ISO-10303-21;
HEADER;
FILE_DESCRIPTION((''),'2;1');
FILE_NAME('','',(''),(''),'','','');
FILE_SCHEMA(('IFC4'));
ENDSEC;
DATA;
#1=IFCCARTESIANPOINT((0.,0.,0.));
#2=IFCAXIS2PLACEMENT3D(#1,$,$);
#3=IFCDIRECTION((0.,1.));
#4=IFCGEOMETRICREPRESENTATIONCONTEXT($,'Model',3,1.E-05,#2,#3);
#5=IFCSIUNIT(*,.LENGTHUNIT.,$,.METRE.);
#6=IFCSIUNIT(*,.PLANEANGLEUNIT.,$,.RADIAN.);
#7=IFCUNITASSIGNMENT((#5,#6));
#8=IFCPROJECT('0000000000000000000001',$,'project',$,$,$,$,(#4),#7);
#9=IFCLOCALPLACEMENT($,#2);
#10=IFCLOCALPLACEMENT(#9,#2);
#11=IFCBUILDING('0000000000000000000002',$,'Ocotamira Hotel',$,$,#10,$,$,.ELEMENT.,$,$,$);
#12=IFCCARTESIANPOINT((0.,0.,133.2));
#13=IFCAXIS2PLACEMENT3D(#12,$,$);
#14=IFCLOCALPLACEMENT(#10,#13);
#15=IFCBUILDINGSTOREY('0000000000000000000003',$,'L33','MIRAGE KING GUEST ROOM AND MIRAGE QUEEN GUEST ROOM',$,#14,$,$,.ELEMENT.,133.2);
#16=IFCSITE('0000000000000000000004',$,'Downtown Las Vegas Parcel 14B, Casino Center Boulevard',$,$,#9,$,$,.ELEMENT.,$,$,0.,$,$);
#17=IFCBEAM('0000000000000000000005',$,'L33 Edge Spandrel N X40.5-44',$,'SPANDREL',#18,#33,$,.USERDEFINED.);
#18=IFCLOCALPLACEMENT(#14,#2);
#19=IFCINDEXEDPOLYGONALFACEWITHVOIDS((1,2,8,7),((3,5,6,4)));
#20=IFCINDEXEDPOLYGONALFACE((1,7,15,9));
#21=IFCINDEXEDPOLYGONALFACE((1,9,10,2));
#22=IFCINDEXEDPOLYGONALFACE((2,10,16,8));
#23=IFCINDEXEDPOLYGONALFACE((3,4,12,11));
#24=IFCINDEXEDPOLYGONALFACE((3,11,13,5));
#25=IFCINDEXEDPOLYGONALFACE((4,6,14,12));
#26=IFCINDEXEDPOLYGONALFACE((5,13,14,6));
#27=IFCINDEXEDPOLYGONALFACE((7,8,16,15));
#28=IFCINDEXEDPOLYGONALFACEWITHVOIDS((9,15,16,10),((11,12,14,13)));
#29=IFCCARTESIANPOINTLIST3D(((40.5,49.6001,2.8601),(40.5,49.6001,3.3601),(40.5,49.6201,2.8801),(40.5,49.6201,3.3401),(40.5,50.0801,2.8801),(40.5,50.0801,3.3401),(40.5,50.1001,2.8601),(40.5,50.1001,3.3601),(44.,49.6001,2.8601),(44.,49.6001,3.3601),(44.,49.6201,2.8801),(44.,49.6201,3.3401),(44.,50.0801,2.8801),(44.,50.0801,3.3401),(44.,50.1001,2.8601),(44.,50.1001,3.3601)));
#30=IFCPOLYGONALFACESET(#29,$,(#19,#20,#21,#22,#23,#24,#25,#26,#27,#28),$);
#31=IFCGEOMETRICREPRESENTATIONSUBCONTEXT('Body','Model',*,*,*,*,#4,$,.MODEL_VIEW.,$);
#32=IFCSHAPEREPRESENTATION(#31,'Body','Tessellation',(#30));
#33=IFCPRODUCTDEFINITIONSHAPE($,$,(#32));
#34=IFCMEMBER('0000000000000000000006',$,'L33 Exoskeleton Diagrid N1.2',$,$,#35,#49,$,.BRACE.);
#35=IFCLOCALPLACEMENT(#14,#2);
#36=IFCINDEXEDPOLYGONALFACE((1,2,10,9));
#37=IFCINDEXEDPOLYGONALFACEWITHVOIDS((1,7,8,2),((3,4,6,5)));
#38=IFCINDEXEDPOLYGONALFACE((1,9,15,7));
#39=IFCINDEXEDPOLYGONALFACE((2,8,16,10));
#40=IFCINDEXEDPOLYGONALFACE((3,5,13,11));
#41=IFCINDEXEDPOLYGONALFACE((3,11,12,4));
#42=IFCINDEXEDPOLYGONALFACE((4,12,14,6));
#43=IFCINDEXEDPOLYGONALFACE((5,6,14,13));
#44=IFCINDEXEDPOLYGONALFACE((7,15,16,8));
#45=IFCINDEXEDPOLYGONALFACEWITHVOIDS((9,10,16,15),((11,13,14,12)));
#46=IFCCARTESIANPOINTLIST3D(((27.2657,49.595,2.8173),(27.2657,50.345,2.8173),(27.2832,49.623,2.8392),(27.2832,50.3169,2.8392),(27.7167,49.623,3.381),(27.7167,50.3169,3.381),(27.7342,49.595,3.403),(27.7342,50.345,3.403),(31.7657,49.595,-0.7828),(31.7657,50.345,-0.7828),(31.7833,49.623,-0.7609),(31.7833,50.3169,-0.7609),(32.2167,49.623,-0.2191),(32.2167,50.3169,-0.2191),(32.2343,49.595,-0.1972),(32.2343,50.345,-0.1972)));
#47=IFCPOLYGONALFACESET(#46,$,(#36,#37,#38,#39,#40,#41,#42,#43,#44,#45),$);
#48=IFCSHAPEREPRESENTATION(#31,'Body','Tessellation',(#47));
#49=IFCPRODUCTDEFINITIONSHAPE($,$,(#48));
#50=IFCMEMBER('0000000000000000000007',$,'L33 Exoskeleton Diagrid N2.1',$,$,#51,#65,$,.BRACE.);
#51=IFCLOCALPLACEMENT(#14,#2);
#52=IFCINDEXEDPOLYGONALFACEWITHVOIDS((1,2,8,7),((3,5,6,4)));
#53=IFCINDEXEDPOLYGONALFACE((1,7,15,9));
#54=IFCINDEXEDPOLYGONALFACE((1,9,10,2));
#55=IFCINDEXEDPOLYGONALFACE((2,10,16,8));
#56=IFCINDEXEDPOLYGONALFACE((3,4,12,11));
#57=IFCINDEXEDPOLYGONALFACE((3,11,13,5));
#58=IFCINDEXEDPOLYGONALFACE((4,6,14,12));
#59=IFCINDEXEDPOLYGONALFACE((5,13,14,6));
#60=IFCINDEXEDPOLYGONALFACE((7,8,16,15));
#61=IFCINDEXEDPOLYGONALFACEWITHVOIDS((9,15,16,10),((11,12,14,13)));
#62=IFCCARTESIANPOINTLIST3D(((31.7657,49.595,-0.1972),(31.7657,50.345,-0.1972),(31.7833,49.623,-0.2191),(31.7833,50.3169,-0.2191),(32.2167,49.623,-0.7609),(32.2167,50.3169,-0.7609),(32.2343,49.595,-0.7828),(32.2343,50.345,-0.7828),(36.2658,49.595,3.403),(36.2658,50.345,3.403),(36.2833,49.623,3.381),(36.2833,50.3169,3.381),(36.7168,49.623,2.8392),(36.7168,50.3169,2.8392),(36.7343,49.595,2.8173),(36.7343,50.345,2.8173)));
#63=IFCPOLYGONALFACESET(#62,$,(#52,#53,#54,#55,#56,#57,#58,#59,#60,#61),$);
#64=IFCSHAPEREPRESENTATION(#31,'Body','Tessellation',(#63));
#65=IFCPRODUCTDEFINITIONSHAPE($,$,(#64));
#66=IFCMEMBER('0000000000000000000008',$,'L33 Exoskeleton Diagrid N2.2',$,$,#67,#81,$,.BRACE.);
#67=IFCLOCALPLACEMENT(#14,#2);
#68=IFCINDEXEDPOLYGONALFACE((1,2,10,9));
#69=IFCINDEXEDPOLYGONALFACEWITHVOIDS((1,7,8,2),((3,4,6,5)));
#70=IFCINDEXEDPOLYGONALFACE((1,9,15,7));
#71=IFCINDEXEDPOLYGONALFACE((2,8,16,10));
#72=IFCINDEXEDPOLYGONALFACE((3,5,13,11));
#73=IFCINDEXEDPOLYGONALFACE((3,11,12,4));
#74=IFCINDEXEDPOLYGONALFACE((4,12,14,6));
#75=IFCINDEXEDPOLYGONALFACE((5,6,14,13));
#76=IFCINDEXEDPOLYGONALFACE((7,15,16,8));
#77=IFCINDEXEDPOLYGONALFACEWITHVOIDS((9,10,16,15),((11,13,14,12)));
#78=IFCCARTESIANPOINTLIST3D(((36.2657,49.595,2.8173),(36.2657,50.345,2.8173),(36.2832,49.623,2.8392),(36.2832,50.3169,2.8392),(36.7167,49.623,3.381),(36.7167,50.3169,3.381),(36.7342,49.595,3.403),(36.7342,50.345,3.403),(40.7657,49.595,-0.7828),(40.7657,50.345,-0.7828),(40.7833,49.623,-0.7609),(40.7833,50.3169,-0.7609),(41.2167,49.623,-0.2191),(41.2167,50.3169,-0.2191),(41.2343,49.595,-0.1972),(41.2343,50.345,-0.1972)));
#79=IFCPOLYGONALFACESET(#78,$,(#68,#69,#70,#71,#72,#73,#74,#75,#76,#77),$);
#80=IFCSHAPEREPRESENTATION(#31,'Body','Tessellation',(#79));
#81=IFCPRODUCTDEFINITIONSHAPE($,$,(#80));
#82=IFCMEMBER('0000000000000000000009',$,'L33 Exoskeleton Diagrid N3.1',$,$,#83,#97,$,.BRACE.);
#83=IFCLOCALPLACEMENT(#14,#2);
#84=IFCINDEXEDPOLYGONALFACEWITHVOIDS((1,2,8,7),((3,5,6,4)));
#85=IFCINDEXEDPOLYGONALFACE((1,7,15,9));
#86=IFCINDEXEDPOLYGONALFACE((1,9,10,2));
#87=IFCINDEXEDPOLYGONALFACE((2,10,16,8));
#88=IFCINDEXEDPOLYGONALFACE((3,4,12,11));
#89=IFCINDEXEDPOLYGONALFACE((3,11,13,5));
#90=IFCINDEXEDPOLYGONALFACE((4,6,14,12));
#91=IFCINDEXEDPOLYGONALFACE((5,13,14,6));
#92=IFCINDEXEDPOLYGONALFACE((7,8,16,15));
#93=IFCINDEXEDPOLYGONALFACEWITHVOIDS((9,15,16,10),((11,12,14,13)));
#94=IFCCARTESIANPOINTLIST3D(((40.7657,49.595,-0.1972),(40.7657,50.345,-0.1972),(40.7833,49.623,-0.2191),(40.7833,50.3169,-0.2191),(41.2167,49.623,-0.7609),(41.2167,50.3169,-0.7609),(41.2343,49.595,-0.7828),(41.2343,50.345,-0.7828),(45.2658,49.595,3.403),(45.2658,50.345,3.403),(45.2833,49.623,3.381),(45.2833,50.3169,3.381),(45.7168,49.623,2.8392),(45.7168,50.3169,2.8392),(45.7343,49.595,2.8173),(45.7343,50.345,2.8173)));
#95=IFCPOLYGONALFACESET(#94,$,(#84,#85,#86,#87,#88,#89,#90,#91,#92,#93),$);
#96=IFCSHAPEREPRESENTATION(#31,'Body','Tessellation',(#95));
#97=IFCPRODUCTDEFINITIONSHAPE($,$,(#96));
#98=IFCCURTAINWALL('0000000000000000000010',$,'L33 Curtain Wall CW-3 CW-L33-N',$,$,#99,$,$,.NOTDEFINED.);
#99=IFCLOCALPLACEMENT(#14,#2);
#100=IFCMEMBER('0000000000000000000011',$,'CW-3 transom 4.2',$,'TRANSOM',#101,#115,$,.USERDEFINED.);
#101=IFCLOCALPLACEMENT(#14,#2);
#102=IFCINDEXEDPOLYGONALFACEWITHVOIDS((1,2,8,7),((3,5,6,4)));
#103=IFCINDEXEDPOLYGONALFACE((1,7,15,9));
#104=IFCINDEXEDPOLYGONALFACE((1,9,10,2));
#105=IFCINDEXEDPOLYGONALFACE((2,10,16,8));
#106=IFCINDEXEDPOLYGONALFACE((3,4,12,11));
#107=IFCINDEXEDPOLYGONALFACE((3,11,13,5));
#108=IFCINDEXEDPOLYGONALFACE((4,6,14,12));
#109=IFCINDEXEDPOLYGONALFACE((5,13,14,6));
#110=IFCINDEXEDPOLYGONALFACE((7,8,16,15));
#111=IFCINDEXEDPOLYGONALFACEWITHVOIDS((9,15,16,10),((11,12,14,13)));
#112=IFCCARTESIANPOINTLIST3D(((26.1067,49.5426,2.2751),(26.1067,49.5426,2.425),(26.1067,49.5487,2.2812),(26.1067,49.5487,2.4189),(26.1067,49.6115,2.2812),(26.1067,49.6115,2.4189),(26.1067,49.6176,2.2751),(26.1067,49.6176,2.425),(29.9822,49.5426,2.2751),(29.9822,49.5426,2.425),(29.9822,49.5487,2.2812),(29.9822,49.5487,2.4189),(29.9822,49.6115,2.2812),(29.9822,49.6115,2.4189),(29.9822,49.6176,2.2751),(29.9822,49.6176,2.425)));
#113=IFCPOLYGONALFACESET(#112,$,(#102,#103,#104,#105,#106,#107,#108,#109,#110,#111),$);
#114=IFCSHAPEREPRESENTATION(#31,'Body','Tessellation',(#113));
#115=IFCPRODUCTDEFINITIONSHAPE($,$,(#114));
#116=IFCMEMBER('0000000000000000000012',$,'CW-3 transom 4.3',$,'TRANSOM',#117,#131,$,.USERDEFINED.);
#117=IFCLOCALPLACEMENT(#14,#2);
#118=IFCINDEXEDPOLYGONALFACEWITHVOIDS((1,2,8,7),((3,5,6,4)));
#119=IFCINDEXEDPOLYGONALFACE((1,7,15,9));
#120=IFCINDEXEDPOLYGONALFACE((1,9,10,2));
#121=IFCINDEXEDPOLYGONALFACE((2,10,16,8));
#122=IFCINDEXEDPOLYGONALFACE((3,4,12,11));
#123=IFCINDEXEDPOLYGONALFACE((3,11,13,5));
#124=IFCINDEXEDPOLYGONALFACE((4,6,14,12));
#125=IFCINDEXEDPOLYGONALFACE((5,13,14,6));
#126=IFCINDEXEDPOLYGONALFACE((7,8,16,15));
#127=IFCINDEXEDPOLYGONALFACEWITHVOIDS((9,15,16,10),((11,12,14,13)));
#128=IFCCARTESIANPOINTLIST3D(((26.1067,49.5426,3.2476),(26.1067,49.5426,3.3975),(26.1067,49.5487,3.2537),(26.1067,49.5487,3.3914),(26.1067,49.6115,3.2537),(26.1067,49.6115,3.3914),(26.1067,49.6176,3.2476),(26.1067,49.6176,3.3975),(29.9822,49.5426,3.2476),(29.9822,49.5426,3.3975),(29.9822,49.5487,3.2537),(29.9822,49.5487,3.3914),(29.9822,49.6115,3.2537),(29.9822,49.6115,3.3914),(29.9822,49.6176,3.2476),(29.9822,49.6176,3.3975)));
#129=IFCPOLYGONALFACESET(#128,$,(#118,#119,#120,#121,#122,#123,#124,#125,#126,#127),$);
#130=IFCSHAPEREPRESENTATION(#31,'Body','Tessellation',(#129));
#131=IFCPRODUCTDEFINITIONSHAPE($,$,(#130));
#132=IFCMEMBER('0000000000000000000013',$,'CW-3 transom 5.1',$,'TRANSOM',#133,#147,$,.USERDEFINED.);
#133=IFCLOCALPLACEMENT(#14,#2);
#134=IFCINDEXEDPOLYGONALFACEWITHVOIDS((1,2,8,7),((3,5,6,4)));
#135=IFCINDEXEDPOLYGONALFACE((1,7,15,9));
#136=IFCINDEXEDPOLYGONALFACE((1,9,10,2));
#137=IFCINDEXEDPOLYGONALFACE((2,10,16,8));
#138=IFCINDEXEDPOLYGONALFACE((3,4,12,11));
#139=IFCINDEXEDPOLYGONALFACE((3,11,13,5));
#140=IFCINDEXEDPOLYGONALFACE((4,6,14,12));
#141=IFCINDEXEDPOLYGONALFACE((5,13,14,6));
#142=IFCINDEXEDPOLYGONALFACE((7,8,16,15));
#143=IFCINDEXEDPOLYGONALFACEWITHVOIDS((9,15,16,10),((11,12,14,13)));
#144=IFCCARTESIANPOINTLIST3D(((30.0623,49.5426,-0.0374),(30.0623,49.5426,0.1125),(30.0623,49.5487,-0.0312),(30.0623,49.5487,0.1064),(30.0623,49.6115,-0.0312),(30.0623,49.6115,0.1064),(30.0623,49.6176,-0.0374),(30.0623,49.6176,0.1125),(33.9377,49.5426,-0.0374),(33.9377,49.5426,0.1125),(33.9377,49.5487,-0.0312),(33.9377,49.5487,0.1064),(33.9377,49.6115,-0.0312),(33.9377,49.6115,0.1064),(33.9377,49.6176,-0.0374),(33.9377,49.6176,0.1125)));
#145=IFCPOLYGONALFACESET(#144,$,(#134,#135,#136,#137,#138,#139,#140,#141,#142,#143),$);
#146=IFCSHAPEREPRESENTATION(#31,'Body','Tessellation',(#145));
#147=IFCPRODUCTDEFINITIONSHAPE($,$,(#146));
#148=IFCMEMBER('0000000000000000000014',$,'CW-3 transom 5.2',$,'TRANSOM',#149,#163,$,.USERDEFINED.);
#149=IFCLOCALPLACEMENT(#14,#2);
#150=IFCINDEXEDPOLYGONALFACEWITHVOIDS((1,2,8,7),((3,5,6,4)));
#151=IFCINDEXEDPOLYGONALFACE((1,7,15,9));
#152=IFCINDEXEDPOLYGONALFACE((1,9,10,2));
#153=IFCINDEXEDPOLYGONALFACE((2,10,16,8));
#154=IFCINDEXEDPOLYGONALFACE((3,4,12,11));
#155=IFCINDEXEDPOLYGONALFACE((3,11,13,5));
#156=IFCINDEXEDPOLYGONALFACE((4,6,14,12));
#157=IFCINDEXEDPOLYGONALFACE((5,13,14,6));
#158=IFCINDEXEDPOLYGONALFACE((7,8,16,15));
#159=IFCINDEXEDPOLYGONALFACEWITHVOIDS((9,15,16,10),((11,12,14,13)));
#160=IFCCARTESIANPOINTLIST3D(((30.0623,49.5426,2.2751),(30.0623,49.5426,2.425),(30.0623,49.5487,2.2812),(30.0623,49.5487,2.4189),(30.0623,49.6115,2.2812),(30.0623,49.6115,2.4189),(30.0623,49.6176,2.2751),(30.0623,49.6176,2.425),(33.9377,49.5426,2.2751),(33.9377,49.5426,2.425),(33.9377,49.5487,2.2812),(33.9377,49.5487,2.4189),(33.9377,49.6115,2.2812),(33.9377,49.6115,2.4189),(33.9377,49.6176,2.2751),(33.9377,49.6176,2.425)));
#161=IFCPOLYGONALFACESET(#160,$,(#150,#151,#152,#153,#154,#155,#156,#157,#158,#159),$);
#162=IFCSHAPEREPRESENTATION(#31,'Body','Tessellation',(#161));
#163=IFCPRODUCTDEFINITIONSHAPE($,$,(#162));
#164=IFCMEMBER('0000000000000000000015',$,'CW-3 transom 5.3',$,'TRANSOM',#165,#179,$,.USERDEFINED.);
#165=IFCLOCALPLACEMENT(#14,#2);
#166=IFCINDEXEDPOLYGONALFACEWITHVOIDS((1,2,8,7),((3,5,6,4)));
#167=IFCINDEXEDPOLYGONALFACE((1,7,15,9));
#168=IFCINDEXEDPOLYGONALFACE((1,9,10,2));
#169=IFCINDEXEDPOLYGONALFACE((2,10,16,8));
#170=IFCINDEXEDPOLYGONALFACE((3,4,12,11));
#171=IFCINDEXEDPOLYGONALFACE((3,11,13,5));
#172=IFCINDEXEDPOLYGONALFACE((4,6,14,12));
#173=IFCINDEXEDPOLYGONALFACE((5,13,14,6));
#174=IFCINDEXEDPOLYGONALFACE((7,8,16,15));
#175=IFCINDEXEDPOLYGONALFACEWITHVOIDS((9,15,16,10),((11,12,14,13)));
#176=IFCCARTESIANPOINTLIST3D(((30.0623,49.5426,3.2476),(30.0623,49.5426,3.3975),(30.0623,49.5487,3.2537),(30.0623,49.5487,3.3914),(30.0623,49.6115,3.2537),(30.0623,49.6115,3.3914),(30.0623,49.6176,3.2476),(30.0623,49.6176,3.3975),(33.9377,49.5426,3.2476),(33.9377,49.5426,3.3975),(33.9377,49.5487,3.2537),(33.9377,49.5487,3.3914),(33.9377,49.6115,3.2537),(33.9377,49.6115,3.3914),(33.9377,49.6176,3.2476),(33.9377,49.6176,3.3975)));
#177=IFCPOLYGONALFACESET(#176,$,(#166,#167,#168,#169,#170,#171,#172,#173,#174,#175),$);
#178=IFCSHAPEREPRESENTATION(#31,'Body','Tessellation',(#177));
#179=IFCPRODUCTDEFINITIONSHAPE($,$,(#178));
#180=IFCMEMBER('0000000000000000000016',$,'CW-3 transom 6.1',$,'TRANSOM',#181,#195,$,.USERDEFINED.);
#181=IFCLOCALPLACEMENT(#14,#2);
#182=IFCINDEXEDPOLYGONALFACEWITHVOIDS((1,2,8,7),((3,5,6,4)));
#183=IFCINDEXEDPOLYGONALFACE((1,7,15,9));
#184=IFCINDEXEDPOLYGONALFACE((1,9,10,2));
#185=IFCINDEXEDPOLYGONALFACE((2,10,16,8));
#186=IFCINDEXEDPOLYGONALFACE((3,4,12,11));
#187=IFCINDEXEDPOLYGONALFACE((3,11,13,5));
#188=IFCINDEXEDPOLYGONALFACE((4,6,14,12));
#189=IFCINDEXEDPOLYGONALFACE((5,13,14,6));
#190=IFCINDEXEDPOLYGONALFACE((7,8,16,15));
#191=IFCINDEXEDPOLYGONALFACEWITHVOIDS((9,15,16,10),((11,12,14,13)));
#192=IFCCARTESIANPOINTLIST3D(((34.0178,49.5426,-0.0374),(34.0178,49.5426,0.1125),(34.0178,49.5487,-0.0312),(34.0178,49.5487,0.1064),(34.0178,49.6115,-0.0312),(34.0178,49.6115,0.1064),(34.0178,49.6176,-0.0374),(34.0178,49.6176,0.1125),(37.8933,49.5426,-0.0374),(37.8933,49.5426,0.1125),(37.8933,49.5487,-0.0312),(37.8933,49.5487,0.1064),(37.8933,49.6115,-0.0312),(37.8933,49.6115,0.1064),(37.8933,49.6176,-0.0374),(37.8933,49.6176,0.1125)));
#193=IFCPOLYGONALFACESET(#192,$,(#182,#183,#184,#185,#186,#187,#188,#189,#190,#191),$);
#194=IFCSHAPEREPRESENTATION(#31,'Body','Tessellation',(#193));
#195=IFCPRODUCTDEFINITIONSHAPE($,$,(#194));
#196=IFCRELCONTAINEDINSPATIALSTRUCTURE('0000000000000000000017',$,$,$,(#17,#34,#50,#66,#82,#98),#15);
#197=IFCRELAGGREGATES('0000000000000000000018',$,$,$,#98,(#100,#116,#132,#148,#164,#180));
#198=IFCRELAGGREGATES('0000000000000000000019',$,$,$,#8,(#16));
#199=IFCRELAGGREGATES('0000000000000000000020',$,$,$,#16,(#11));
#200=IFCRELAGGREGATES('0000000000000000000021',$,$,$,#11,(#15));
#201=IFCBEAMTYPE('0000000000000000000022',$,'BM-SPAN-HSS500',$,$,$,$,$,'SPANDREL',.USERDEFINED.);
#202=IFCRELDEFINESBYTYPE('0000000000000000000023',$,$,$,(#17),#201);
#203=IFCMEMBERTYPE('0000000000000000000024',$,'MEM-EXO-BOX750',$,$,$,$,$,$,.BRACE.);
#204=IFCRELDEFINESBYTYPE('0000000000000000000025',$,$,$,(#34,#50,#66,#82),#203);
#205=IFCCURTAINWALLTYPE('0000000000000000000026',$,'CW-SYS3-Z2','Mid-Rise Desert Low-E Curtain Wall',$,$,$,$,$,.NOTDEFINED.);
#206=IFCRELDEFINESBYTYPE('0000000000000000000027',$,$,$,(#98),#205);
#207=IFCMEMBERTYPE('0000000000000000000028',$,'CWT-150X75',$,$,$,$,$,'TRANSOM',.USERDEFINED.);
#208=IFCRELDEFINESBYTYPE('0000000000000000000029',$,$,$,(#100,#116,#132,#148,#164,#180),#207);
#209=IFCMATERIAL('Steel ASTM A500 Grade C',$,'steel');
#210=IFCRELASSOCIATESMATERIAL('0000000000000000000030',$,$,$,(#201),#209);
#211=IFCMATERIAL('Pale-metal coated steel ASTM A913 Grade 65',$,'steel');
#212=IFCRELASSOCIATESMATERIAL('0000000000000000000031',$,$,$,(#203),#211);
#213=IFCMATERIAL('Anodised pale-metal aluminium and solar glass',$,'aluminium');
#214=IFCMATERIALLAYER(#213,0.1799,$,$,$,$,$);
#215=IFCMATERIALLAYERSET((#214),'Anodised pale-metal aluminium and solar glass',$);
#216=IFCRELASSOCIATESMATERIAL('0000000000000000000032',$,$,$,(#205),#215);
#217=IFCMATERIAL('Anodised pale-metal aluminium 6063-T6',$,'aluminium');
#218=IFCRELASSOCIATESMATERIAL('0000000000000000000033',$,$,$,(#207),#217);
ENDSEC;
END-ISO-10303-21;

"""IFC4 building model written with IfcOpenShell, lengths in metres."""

from ifc_helpers import new_model, si_unit, direction, frame, origin, origin_2d, place, context, subcontext, project, spatial, hollow_rectangle, extrude, source, transform, mapped, material, layer, layer_set, material_profile, profile_set, type_object, element, aggregate, save


model = new_model("IFC4")

# Units and contexts
model_context = context("Model", 3, precision=1e-05, world=origin(), true_north=direction((0.0, 1.0)))
body_context = subcontext(model_context, "Body", "Model", "MODEL_VIEW")
ifc_project = project(units=[si_unit("LENGTHUNIT", "METRE"), si_unit("PLANEANGLEUNIT", "RADIAN")], contexts=[model_context])

# Site, building, storey
site_placement = place(None, origin())
site = spatial("IfcSite", under=ifc_project, at=site_placement, Name="Downtown Las Vegas Parcel 14B, Casino Center Boulevard", CompositionType="ELEMENT", RefElevation=0.0)
building_placement = place(site_placement, origin())
building = spatial("IfcBuilding", under=site, at=building_placement, Name="Ocotamira Hotel", CompositionType="ELEMENT")
storey_placement = place(building_placement, frame((0.0, 0.0, 133.2)))
storey = spatial("IfcBuildingStorey", under=building, at=storey_placement, Name="L33", Description="MIRAGE KING GUEST ROOM AND MIRAGE QUEEN GUEST ROOM", CompositionType="ELEMENT", Elevation=133.2)

# Beam
ifc_material_1 = material(Name="Steel ASTM A500 Grade C", Category="steel")
ifc_material_profile_1 = material_profile(ifc_material_1, hollow_rectangle(XDim=0.5, YDim=0.5, WallThickness=0.02, at=origin_2d()), Name="HSS500X500X20")
ifc_profile_set_1 = profile_set([ifc_material_profile_1], Name="Steel ASTM A500 Grade C")
beam_type = type_object("IfcBeamType", Name="BM-SPAN-HSS500", ElementType="SPANDREL", PredefinedType="USERDEFINED", material=ifc_profile_set_1)
shared_shape_1 = source(origin(), body_context, "Body", "SweptSolid", [
    extrude(hollow_rectangle(XDim=0.5, YDim=0.5, WallThickness=0.02, at=origin_2d()), origin(), (0.0, 0.0, 1.0), 3.5),
])
beam_placement = place(storey_placement, frame((40.5, 49.8501, 3.1101), z_axis=(1.0, 0.0, 0.0), x_axis=(0.0, 1.0, 0.0)))
element("IfcBeam", 1, at=beam_placement, inside=storey, type_object=beam_type, Name="L33 Edge Spandrel N X40.5-44", ObjectType="SPANDREL", PredefinedType="USERDEFINED", context=body_context, shape_type="MappedRepresentation", body=[
    mapped(shared_shape_1, transform((0.0, 0.0, 0.0), scale=1.0)),
])

# Members
ifc_material_2 = material(Name="Pale-metal coated steel ASTM A913 Grade 65", Category="steel")
ifc_material_profile_2 = material_profile(ifc_material_2, hollow_rectangle(XDim=0.75, YDim=0.75, WallThickness=0.0281, at=origin_2d()), Name="BOX750X750X28")
ifc_profile_set_2 = profile_set([ifc_material_profile_2], Name="Pale-metal coated steel ASTM A913 Grade 65")
member_type_1 = type_object("IfcMemberType", Name="MEM-EXO-BOX750", PredefinedType="BRACE", material=ifc_profile_set_2)
shared_shape_2 = source(origin(), body_context, "Body", "SweptSolid", [
    extrude(hollow_rectangle(XDim=0.75, YDim=0.75, WallThickness=0.0281, at=origin_2d()), origin(), (0.0, 0.0, 1.0), 5.7629),
])
for number, where, z_axis, x_axis, name in (
    (2, (32.0, 49.97, -0.49), (-0.780861, 0.0, 0.624705), (0.0, -1.0, 0.0), "L33 Exoskeleton Diagrid N1.2"),
    (3, (32.0, 49.97, -0.49), (0.780861, 0.0, 0.624705), (0.0, 1.0, 0.0), "L33 Exoskeleton Diagrid N2.1"),
    (4, (41.0, 49.97, -0.49), (-0.780861, 0.0, 0.624705), (0.0, -1.0, 0.0), "L33 Exoskeleton Diagrid N2.2"),
    (5, (41.0, 49.97, -0.49), (0.780861, 0.0, 0.624705), (0.0, 1.0, 0.0), "L33 Exoskeleton Diagrid N3.1"),
):
    element("IfcMember", number, at=place(storey_placement, frame(where, z_axis=z_axis, x_axis=x_axis)), inside=storey, type_object=member_type_1, Name=name, PredefinedType="BRACE", context=body_context, shape_type="MappedRepresentation", body=[
        mapped(shared_shape_2, transform((0.0, 0.0, 0.0), scale=1.0)),
    ])

# Curtain wall, members
ifc_material_3 = material(Name="Anodised pale-metal aluminium and solar glass", Category="aluminium")
ifc_layer_1 = layer(ifc_material_3, 0.1799)
ifc_layer_set_1 = layer_set([ifc_layer_1], Name="Anodised pale-metal aluminium and solar glass")
curtain_wall_type = type_object("IfcCurtainWallType", Name="CW-SYS3-Z2", Description="Mid-Rise Desert Low-E Curtain Wall", PredefinedType="NOTDEFINED", material=ifc_layer_set_1)
curtain_wall_placement = place(storey_placement, origin())
curtain_wall = element("IfcCurtainWall", 6, at=curtain_wall_placement, inside=storey, type_object=curtain_wall_type, Name="L33 Curtain Wall CW-3 CW-L33-N", PredefinedType="NOTDEFINED")
ifc_material_4 = material(Name="Anodised pale-metal aluminium 6063-T6", Category="aluminium")
ifc_material_profile_3 = material_profile(ifc_material_4, hollow_rectangle(XDim=0.075, YDim=0.1499, WallThickness=0.0061, at=origin_2d()), Name="HSS150X75X6")
ifc_profile_set_3 = profile_set([ifc_material_profile_3], Name="Anodised pale-metal aluminium 6063-T6")
member_type_2 = type_object("IfcMemberType", Name="CWT-150X75", ElementType="TRANSOM", PredefinedType="USERDEFINED", material=ifc_profile_set_3)
shared_shape_3 = source(origin(), body_context, "Body", "SweptSolid", [
    extrude(hollow_rectangle(XDim=0.075, YDim=0.1499, WallThickness=0.0061, at=origin_2d()), origin(), (0.0, 0.0, 1.0), 3.8755),
])
member_1_placement = place(storey_placement, frame((26.1067, 49.5801, 2.3501), z_axis=(1.0, 0.0, 0.0), x_axis=(0.0, 1.0, 0.0)))
member_1 = element("IfcMember", 7, at=member_1_placement, type_object=member_type_2, Name="CW-3 transom 4.2", ObjectType="TRANSOM", PredefinedType="USERDEFINED", context=body_context, shape_type="MappedRepresentation", body=[
    mapped(shared_shape_3, transform((0.0, 0.0, 0.0), scale=1.0)),
])
member_2_placement = place(storey_placement, frame((26.1067, 49.5801, 3.3225), z_axis=(1.0, 0.0, 0.0), x_axis=(0.0, 1.0, 0.0)))
member_2 = element("IfcMember", 8, at=member_2_placement, type_object=member_type_2, Name="CW-3 transom 4.3", ObjectType="TRANSOM", PredefinedType="USERDEFINED", context=body_context, shape_type="MappedRepresentation", body=[
    mapped(shared_shape_3, transform((0.0, 0.0, 0.0), scale=1.0)),
])
member_3_placement = place(storey_placement, frame((30.0623, 49.5801, 0.0376), z_axis=(1.0, 0.0, 0.0), x_axis=(0.0, 1.0, 0.0)))
member_3 = element("IfcMember", 9, at=member_3_placement, type_object=member_type_2, Name="CW-3 transom 5.1", ObjectType="TRANSOM", PredefinedType="USERDEFINED", context=body_context, shape_type="MappedRepresentation", body=[
    mapped(shared_shape_3, transform((0.0, 0.0, 0.0), scale=1.0)),
])
member_4_placement = place(storey_placement, frame((30.0623, 49.5801, 2.3501), z_axis=(1.0, 0.0, 0.0), x_axis=(0.0, 1.0, 0.0)))
member_4 = element("IfcMember", 10, at=member_4_placement, type_object=member_type_2, Name="CW-3 transom 5.2", ObjectType="TRANSOM", PredefinedType="USERDEFINED", context=body_context, shape_type="MappedRepresentation", body=[
    mapped(shared_shape_3, transform((0.0, 0.0, 0.0), scale=1.0)),
])
member_5_placement = place(storey_placement, frame((30.0623, 49.5801, 3.3225), z_axis=(1.0, 0.0, 0.0), x_axis=(0.0, 1.0, 0.0)))
member_5 = element("IfcMember", 11, at=member_5_placement, type_object=member_type_2, Name="CW-3 transom 5.3", ObjectType="TRANSOM", PredefinedType="USERDEFINED", context=body_context, shape_type="MappedRepresentation", body=[
    mapped(shared_shape_3, transform((0.0, 0.0, 0.0), scale=1.0)),
])
member_6_placement = place(storey_placement, frame((34.0178, 49.5801, 0.0376), z_axis=(1.0, 0.0, 0.0), x_axis=(0.0, 1.0, 0.0)))
member_6 = element("IfcMember", 12, at=member_6_placement, type_object=member_type_2, Name="CW-3 transom 6.1", ObjectType="TRANSOM", PredefinedType="USERDEFINED", context=body_context, shape_type="MappedRepresentation", body=[
    mapped(shared_shape_3, transform((0.0, 0.0, 0.0), scale=1.0)),
])

aggregate(curtain_wall, [member_1, member_2, member_3, member_4, member_5, member_6])

save(model, "model.ifc")
